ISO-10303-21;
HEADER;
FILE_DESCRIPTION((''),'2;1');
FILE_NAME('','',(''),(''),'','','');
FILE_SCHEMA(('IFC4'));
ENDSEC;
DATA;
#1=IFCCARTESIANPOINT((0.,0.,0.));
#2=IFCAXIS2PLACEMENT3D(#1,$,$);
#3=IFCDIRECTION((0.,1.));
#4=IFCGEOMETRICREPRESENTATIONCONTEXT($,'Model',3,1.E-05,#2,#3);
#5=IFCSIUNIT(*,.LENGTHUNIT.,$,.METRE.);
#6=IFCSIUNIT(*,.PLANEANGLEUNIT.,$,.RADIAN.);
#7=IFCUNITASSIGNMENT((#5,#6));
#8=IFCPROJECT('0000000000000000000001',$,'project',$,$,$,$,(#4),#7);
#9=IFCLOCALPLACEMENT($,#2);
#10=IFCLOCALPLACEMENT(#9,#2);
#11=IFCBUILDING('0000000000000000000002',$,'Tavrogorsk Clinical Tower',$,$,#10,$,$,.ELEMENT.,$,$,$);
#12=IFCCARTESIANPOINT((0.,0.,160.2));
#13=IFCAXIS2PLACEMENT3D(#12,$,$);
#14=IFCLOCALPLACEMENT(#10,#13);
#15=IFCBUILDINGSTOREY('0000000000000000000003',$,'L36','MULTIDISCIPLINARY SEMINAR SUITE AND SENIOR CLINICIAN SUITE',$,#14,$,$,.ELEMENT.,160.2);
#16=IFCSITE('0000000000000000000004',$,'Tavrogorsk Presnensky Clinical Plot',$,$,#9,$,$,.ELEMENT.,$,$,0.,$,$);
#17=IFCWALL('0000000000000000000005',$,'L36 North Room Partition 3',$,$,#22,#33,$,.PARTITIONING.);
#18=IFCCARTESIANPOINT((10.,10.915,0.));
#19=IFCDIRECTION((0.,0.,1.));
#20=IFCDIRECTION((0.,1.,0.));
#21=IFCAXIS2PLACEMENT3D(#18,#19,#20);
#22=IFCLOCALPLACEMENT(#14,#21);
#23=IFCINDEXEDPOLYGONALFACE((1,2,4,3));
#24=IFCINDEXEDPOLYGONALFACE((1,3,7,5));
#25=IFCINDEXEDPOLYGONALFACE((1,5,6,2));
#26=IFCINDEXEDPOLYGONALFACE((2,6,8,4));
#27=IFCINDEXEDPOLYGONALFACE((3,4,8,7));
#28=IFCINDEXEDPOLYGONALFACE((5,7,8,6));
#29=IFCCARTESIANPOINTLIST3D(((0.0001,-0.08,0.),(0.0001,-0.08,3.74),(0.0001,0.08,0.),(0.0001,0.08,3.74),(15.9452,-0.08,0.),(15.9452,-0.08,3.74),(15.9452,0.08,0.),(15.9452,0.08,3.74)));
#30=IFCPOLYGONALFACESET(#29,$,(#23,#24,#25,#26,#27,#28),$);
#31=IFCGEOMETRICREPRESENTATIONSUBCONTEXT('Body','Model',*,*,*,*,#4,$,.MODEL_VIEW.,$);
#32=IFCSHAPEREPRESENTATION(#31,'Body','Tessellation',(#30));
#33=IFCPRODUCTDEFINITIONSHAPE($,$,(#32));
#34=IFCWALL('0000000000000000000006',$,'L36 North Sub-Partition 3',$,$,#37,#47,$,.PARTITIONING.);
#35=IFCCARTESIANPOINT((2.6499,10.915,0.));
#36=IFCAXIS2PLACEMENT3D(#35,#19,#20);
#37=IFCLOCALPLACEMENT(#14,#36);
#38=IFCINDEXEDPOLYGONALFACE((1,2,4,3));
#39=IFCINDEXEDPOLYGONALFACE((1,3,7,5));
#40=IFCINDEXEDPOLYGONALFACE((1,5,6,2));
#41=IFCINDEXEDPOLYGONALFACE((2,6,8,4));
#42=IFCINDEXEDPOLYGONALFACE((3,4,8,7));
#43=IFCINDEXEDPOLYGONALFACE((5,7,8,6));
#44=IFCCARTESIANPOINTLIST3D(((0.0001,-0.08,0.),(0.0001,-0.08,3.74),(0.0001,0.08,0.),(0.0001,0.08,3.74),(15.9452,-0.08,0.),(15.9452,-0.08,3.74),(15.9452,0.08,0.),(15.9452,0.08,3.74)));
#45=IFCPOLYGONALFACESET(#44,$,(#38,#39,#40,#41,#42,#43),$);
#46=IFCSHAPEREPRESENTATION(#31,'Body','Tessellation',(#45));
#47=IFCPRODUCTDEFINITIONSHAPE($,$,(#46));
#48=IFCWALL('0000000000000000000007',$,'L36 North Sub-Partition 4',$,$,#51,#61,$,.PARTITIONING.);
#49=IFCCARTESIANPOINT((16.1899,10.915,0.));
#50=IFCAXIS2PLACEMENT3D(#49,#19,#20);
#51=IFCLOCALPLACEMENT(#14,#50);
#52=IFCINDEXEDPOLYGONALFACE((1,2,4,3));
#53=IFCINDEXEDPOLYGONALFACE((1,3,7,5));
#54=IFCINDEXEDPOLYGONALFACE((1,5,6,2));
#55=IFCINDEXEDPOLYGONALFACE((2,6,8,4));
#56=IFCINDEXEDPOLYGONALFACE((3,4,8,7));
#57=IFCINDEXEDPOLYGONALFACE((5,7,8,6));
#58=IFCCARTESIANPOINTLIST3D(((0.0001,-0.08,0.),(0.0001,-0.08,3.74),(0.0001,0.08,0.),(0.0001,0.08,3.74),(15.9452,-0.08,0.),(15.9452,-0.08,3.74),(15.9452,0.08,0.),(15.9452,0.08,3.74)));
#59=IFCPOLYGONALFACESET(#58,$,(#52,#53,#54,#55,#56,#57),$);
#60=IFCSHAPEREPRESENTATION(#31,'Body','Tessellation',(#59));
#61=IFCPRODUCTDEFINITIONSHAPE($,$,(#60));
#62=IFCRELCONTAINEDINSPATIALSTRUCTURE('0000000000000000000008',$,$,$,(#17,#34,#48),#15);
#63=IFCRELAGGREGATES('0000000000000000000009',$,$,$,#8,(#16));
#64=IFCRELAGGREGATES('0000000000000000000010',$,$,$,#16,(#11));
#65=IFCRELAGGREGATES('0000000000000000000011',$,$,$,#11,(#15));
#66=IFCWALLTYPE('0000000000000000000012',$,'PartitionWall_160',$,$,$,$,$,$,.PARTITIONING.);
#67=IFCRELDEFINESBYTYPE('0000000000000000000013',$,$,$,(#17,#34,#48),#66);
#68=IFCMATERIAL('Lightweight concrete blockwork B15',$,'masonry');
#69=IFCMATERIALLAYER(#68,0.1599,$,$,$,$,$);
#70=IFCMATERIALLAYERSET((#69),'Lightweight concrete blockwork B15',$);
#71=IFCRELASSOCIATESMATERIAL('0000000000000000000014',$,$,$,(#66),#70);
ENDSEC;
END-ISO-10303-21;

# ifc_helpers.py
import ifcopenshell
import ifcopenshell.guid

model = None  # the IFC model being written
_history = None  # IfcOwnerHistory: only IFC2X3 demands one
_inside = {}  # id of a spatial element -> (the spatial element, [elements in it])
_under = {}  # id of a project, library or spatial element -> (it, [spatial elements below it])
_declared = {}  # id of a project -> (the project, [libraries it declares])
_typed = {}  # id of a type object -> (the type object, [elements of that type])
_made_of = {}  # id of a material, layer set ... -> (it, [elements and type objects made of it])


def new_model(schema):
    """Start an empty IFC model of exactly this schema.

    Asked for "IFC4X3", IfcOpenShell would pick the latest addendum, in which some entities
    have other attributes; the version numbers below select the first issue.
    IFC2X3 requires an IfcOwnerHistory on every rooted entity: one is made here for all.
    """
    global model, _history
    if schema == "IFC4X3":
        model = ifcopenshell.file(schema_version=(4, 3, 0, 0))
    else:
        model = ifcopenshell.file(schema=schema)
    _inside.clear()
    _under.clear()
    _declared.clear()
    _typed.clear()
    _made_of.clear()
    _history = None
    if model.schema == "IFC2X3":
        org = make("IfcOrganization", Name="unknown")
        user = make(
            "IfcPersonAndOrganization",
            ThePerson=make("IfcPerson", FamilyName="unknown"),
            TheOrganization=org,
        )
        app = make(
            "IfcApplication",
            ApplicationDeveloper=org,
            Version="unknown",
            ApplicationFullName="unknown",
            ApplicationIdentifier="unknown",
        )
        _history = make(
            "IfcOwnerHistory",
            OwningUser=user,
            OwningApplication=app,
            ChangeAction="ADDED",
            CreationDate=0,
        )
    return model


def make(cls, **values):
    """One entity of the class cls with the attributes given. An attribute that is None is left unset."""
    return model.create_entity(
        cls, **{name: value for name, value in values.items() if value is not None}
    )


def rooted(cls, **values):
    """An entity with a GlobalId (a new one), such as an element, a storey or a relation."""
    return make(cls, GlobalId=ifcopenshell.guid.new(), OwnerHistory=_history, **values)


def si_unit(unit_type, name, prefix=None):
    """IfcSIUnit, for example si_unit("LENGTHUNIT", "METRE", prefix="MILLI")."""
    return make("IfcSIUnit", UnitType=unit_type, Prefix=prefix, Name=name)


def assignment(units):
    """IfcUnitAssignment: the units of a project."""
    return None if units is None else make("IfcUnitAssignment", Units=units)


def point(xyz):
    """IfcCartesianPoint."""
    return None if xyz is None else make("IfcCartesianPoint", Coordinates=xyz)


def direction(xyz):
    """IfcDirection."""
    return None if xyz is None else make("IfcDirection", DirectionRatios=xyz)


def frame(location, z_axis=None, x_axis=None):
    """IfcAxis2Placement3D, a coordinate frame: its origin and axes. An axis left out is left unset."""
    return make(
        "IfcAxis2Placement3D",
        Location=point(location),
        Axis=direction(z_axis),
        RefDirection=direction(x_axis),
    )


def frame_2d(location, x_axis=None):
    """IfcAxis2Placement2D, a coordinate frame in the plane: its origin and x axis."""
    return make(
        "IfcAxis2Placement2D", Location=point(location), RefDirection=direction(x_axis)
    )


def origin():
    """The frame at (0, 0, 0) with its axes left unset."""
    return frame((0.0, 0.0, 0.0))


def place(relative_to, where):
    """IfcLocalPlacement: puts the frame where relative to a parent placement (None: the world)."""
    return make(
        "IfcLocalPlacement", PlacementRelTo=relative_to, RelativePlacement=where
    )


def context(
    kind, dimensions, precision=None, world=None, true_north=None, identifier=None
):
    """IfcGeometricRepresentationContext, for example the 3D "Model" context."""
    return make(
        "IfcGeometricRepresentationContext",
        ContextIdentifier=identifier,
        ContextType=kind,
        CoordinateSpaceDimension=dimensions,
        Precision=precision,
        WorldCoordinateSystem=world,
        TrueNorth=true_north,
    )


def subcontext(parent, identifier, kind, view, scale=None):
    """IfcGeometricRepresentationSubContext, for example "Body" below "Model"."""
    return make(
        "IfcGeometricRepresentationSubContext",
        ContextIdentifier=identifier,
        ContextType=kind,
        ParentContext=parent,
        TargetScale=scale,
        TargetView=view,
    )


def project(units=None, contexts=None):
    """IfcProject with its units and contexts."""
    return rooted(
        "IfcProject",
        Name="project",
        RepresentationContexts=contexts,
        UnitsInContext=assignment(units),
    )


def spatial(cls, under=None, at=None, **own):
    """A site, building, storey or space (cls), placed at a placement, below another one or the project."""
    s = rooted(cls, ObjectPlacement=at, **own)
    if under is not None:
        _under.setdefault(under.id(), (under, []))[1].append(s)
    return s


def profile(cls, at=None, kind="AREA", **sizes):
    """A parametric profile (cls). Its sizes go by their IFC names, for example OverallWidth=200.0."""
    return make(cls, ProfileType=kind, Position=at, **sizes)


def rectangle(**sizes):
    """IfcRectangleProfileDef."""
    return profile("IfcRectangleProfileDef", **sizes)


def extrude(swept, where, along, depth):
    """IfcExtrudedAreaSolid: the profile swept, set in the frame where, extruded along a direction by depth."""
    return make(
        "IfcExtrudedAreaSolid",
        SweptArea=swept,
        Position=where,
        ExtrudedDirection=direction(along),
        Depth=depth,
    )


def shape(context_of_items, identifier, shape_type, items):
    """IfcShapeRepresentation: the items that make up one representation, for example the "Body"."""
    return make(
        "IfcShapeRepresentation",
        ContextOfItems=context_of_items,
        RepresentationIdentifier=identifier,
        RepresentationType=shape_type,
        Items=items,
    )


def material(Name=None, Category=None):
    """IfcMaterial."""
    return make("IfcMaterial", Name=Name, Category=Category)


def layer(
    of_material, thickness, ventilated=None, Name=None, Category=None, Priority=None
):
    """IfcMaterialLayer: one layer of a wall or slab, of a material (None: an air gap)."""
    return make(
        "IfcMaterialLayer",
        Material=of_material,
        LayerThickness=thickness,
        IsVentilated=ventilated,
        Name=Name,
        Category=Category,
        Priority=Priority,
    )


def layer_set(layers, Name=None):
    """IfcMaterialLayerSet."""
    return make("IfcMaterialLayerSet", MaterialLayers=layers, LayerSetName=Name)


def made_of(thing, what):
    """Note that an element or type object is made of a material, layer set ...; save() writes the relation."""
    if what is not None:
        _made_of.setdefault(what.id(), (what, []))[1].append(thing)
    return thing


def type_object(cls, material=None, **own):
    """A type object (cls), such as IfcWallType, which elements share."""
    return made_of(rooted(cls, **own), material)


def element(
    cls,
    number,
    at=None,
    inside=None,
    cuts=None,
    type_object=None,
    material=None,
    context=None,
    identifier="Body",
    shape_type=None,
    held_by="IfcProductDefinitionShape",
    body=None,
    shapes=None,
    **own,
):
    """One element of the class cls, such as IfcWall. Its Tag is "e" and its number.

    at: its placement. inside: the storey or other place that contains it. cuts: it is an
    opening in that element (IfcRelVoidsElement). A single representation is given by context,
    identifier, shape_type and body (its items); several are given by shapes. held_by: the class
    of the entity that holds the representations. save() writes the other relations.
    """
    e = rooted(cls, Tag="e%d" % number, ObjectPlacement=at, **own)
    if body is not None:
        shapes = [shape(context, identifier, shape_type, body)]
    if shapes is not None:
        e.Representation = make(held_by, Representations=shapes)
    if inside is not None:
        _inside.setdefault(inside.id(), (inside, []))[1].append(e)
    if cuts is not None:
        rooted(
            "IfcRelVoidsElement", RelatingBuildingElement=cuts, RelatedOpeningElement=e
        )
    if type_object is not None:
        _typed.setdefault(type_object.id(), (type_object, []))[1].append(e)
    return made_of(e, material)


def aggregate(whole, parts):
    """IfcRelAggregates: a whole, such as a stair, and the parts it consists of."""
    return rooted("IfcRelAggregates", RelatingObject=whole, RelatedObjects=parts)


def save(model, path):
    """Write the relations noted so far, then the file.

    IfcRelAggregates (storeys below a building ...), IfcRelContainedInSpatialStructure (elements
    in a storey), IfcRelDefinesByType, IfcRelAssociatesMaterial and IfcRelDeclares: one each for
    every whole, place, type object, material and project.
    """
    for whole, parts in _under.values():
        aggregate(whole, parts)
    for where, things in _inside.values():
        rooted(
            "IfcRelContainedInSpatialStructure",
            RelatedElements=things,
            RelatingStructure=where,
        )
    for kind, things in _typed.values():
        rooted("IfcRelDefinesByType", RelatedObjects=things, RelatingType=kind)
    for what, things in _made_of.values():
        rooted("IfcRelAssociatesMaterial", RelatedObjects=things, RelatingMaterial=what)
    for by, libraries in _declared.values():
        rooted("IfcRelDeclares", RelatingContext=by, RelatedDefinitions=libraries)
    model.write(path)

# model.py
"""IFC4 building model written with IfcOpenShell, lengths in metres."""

from ifc_helpers import new_model, si_unit, direction, frame, frame_2d, origin, place, context, subcontext, project, spatial, rectangle, extrude, material, layer, layer_set, type_object, element, save


model = new_model("IFC4")

# Units and contexts
model_context = context("Model", 3, precision=1e-05, world=origin(), true_north=direction((0.0, 1.0)))
body_context = subcontext(model_context, "Body", "Model", "MODEL_VIEW")
ifc_project = project(units=[si_unit("LENGTHUNIT", "METRE"), si_unit("PLANEANGLEUNIT", "RADIAN")], contexts=[model_context])

# Site, building, storey
site_placement = place(None, origin())
site = spatial("IfcSite", under=ifc_project, at=site_placement, Name="Tavrogorsk Presnensky Clinical Plot", CompositionType="ELEMENT", RefElevation=0.0)
building_placement = place(site_placement, origin())
building = spatial("IfcBuilding", under=site, at=building_placement, Name="Tavrogorsk Clinical Tower", CompositionType="ELEMENT")
storey_placement = place(building_placement, frame((0.0, 0.0, 160.2)))
storey = spatial("IfcBuildingStorey", under=building, at=storey_placement, Name="L36", Description="MULTIDISCIPLINARY SEMINAR SUITE AND SENIOR CLINICIAN SUITE", CompositionType="ELEMENT", Elevation=160.2)

# Walls
ifc_material_1 = material(Name="Lightweight concrete blockwork B15", Category="masonry")
ifc_layer_1 = layer(ifc_material_1, 0.1599)
ifc_layer_set_1 = layer_set([ifc_layer_1], Name="Lightweight concrete blockwork B15")
wall_type_1 = type_object("IfcWallType", Name="PartitionWall_160", PredefinedType="PARTITIONING", material=ifc_layer_set_1)
for number, where, z_axis, x_axis, name in (
    (1, (10.0, 10.915, 0.0), (0.0, 0.0, 1.0), (0.0, 1.0, 0.0), "L36 North Room Partition 3"),
    (2, (2.6499, 10.915, 0.0), (0.0, 0.0, 1.0), (0.0, 1.0, 0.0), "L36 North Sub-Partition 3"),
    (3, (16.1899, 10.915, 0.0), (0.0, 0.0, 1.0), (0.0, 1.0, 0.0), "L36 North Sub-Partition 4"),
):
    element("IfcWall", number, at=place(storey_placement, frame(where, z_axis=z_axis, x_axis=x_axis)), inside=storey, type_object=wall_type_1, Name=name, PredefinedType="PARTITIONING", context=body_context, shape_type="SweptSolid", body=[
        extrude(rectangle(XDim=15.9451, YDim=0.1599, at=frame_2d((7.9727, 0.0))), origin(), (0.0, 0.0, 1.0), 3.74),
    ])

save(model, "model.ifc")
